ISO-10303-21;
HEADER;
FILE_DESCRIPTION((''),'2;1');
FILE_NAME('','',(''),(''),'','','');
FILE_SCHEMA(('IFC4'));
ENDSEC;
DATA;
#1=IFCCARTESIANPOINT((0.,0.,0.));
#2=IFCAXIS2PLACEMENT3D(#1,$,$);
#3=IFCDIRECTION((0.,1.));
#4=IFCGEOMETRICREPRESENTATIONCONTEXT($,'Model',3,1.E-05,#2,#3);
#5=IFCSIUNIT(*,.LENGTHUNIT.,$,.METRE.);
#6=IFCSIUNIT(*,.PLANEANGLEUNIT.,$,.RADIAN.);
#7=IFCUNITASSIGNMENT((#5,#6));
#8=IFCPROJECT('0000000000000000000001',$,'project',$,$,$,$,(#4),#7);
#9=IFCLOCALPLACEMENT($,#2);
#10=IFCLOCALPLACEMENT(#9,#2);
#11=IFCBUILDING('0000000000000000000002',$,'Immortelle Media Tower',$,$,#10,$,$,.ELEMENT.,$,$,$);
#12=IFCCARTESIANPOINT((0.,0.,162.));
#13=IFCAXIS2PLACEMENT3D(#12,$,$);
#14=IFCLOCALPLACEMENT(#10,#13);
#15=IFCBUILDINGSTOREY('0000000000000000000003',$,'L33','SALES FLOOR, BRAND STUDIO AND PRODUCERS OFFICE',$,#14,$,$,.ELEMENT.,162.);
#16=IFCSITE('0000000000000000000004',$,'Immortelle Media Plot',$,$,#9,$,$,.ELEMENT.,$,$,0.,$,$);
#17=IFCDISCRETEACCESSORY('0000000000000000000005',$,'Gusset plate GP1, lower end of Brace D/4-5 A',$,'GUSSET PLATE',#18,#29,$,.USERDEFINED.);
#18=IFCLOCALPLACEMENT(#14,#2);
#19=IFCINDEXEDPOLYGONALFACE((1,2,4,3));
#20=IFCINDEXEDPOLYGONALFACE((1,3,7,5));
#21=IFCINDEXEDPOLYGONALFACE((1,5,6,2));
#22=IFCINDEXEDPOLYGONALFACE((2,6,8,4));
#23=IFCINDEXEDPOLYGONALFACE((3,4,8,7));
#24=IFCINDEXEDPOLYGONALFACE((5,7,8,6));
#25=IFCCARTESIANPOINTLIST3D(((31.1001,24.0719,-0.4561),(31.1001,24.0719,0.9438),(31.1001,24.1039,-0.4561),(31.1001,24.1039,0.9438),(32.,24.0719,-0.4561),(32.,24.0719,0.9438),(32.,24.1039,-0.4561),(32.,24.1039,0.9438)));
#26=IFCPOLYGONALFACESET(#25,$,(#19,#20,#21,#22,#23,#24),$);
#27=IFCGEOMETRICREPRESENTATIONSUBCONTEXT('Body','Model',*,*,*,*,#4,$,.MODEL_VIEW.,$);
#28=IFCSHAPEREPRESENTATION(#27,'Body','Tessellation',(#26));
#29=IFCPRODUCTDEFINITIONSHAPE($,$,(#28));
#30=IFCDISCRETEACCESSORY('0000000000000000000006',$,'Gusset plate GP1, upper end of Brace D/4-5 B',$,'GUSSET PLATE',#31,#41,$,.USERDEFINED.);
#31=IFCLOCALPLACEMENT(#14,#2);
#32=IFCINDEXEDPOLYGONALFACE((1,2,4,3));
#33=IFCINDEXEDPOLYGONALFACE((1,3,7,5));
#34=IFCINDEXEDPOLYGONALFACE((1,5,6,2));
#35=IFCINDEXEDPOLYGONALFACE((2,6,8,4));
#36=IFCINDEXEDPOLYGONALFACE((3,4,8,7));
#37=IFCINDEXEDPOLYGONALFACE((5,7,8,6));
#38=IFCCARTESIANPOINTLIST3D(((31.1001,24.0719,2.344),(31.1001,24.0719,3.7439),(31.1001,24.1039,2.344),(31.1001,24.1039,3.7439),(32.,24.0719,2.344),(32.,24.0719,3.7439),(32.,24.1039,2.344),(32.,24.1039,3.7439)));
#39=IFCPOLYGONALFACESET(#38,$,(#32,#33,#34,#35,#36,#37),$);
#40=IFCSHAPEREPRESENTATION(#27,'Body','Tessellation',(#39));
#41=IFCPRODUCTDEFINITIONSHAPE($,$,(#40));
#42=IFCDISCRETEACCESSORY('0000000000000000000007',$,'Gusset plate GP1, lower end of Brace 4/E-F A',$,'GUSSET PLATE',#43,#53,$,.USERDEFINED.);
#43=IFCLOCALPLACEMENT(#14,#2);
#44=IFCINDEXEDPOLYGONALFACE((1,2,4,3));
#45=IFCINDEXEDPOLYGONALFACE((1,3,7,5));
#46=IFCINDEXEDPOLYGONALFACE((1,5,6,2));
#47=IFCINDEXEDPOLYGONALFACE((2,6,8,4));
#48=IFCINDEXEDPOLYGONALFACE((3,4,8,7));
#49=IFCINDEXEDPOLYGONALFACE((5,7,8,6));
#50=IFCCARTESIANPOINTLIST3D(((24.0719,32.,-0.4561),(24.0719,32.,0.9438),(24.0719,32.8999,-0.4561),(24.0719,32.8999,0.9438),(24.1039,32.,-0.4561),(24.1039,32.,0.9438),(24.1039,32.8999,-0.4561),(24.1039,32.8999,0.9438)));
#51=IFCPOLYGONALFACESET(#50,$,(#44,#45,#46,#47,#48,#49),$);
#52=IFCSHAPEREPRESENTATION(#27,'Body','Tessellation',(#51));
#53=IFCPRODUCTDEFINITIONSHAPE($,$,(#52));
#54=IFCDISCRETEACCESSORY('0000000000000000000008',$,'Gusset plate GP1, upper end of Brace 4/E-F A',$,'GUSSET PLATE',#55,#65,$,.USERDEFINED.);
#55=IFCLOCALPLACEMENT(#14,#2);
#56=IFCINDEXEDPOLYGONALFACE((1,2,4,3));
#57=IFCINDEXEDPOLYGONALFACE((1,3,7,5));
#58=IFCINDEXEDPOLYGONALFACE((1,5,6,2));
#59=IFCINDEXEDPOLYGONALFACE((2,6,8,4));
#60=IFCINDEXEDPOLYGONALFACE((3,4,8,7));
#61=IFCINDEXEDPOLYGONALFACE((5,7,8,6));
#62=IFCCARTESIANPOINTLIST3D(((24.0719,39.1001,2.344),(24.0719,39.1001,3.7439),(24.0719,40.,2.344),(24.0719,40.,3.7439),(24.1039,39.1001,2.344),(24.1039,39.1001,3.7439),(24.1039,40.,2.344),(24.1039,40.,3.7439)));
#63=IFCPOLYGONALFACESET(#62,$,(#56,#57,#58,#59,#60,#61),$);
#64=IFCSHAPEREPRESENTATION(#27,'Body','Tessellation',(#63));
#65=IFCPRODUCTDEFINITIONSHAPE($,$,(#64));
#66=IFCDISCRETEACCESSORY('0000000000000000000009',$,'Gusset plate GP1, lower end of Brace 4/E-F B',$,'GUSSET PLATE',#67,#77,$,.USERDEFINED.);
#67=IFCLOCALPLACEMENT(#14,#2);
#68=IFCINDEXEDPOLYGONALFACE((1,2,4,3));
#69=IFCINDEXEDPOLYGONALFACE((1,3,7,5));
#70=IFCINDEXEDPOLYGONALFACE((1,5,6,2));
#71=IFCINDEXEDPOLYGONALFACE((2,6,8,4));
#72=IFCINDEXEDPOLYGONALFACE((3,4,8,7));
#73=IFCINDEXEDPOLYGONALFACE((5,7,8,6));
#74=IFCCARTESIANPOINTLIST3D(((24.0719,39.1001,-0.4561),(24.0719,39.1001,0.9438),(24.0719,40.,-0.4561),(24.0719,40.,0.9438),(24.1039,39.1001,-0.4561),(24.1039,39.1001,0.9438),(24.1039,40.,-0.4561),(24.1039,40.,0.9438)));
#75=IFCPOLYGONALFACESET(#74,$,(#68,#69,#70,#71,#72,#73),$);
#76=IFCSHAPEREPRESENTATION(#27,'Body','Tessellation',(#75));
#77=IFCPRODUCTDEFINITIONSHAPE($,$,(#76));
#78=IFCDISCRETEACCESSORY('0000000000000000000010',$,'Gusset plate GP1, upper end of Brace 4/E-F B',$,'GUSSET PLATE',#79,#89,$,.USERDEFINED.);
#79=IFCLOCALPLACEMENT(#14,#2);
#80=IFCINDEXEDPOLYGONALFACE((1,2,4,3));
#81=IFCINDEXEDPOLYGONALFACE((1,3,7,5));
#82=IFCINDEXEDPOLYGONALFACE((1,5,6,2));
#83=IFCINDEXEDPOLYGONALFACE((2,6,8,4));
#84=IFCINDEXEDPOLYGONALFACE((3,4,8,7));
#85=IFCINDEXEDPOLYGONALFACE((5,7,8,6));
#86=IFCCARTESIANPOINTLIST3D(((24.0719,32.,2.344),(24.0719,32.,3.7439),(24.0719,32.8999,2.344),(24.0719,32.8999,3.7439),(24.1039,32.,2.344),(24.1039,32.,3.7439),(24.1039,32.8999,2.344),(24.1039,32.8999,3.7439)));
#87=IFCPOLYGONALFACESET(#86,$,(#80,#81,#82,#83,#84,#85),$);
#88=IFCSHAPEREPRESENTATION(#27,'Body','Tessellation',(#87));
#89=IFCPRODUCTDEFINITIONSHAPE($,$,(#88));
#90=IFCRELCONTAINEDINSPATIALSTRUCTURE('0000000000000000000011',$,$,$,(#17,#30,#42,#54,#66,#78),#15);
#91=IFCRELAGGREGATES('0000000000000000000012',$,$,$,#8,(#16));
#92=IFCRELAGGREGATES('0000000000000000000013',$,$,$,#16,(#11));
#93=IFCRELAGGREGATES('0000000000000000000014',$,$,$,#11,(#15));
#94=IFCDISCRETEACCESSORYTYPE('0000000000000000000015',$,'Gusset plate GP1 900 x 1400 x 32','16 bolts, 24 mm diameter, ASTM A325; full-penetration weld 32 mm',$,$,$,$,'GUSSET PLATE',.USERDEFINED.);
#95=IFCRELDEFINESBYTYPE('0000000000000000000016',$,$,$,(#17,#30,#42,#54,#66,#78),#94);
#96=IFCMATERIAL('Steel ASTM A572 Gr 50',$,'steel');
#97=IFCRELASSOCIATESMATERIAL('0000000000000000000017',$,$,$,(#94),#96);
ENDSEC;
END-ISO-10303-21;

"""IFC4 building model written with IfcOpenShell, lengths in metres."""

from ifc_helpers import new_model, si_unit, direction, frame, origin, origin_2d, place, context, subcontext, project, spatial, rectangle, extrude, material, material_profile, profile_set, type_object, element, save


model = new_model("IFC4")

# Units and contexts
model_context = context("Model", 3, precision=1e-05, world=origin(), true_north=direction((0.0, 1.0)))
body_context = subcontext(model_context, "Body", "Model", "MODEL_VIEW")
ifc_project = project(units=[si_unit("LENGTHUNIT", "METRE"), si_unit("PLANEANGLEUNIT", "RADIAN")], contexts=[model_context])

# Site, building, storey
site_placement = place(None, origin())
site = spatial("IfcSite", under=ifc_project, at=site_placement, Name="Immortelle Media Plot", CompositionType="ELEMENT", RefElevation=0.0)
building_placement = place(site_placement, origin())
building = spatial("IfcBuilding", under=site, at=building_placement, Name="Immortelle Media Tower", CompositionType="ELEMENT")
storey_placement = place(building_placement, frame((0.0, 0.0, 162.0)))
storey = spatial("IfcBuildingStorey", under=building, at=storey_placement, Name="L33", Description="SALES FLOOR, BRAND STUDIO AND PRODUCERS OFFICE", CompositionType="ELEMENT", Elevation=162.0)

# Discrete accessories
ifc_material_1 = material(Name="Steel ASTM A572 Gr 50", Category="steel")
ifc_material_profile_1 = material_profile(ifc_material_1, rectangle(XDim=0.032, YDim=1.3999, at=origin_2d()), Name="PL 32 x 1400")
ifc_profile_set_1 = profile_set([ifc_material_profile_1], Name="Steel ASTM A572 Gr 50")
discrete_accessory_type_1 = type_object("IfcDiscreteAccessoryType", Name="Gusset plate GP1 900 x 1400 x 32", Description="16 bolts, 24 mm diameter, ASTM A325; full-penetration weld 32 mm", ElementType="GUSSET PLATE", PredefinedType="USERDEFINED", material=ifc_profile_set_1)
for number, where, z_axis, x_axis, name in (
    (1, (32.0, 24.0879, 0.2439), (-1.0, 0.0, 0.0), (0.0, -1.0, 0.0), "Gusset plate GP1, lower end of Brace D/4-5 A"),
    (2, (32.0, 24.0879, 3.0439), (-1.0, 0.0, 0.0), (0.0, -1.0, 0.0), "Gusset plate GP1, upper end of Brace D/4-5 B"),
    (3, (24.0879, 32.0, 0.2439), (0.0, 1.0, 0.0), (-1.0, 0.0, 0.0), "Gusset plate GP1, lower end of Brace 4/E-F A"),
    (4, (24.0879, 40.0, 3.0439), (0.0, -1.0, 0.0), (1.0, 0.0, 0.0), "Gusset plate GP1, upper end of Brace 4/E-F A"),
    (5, (24.0879, 40.0, 0.2439), (0.0, -1.0, 0.0), (1.0, 0.0, 0.0), "Gusset plate GP1, lower end of Brace 4/E-F B"),
    (6, (24.0879, 32.0, 3.0439), (0.0, 1.0, 0.0), (-1.0, 0.0, 0.0), "Gusset plate GP1, upper end of Brace 4/E-F B"),
):
    element("IfcDiscreteAccessory", number, at=place(storey_placement, frame(where, z_axis=z_axis, x_axis=x_axis)), inside=storey, type_object=discrete_accessory_type_1, Name=name, ObjectType="GUSSET PLATE", PredefinedType="USERDEFINED", context=body_context, shape_type="SweptSolid", body=[
        extrude(rectangle(XDim=0.032, YDim=1.3999, at=origin_2d()), origin(), (0.0, 0.0, 1.0), 0.8999),
    ])

save(model, "model.ifc")
